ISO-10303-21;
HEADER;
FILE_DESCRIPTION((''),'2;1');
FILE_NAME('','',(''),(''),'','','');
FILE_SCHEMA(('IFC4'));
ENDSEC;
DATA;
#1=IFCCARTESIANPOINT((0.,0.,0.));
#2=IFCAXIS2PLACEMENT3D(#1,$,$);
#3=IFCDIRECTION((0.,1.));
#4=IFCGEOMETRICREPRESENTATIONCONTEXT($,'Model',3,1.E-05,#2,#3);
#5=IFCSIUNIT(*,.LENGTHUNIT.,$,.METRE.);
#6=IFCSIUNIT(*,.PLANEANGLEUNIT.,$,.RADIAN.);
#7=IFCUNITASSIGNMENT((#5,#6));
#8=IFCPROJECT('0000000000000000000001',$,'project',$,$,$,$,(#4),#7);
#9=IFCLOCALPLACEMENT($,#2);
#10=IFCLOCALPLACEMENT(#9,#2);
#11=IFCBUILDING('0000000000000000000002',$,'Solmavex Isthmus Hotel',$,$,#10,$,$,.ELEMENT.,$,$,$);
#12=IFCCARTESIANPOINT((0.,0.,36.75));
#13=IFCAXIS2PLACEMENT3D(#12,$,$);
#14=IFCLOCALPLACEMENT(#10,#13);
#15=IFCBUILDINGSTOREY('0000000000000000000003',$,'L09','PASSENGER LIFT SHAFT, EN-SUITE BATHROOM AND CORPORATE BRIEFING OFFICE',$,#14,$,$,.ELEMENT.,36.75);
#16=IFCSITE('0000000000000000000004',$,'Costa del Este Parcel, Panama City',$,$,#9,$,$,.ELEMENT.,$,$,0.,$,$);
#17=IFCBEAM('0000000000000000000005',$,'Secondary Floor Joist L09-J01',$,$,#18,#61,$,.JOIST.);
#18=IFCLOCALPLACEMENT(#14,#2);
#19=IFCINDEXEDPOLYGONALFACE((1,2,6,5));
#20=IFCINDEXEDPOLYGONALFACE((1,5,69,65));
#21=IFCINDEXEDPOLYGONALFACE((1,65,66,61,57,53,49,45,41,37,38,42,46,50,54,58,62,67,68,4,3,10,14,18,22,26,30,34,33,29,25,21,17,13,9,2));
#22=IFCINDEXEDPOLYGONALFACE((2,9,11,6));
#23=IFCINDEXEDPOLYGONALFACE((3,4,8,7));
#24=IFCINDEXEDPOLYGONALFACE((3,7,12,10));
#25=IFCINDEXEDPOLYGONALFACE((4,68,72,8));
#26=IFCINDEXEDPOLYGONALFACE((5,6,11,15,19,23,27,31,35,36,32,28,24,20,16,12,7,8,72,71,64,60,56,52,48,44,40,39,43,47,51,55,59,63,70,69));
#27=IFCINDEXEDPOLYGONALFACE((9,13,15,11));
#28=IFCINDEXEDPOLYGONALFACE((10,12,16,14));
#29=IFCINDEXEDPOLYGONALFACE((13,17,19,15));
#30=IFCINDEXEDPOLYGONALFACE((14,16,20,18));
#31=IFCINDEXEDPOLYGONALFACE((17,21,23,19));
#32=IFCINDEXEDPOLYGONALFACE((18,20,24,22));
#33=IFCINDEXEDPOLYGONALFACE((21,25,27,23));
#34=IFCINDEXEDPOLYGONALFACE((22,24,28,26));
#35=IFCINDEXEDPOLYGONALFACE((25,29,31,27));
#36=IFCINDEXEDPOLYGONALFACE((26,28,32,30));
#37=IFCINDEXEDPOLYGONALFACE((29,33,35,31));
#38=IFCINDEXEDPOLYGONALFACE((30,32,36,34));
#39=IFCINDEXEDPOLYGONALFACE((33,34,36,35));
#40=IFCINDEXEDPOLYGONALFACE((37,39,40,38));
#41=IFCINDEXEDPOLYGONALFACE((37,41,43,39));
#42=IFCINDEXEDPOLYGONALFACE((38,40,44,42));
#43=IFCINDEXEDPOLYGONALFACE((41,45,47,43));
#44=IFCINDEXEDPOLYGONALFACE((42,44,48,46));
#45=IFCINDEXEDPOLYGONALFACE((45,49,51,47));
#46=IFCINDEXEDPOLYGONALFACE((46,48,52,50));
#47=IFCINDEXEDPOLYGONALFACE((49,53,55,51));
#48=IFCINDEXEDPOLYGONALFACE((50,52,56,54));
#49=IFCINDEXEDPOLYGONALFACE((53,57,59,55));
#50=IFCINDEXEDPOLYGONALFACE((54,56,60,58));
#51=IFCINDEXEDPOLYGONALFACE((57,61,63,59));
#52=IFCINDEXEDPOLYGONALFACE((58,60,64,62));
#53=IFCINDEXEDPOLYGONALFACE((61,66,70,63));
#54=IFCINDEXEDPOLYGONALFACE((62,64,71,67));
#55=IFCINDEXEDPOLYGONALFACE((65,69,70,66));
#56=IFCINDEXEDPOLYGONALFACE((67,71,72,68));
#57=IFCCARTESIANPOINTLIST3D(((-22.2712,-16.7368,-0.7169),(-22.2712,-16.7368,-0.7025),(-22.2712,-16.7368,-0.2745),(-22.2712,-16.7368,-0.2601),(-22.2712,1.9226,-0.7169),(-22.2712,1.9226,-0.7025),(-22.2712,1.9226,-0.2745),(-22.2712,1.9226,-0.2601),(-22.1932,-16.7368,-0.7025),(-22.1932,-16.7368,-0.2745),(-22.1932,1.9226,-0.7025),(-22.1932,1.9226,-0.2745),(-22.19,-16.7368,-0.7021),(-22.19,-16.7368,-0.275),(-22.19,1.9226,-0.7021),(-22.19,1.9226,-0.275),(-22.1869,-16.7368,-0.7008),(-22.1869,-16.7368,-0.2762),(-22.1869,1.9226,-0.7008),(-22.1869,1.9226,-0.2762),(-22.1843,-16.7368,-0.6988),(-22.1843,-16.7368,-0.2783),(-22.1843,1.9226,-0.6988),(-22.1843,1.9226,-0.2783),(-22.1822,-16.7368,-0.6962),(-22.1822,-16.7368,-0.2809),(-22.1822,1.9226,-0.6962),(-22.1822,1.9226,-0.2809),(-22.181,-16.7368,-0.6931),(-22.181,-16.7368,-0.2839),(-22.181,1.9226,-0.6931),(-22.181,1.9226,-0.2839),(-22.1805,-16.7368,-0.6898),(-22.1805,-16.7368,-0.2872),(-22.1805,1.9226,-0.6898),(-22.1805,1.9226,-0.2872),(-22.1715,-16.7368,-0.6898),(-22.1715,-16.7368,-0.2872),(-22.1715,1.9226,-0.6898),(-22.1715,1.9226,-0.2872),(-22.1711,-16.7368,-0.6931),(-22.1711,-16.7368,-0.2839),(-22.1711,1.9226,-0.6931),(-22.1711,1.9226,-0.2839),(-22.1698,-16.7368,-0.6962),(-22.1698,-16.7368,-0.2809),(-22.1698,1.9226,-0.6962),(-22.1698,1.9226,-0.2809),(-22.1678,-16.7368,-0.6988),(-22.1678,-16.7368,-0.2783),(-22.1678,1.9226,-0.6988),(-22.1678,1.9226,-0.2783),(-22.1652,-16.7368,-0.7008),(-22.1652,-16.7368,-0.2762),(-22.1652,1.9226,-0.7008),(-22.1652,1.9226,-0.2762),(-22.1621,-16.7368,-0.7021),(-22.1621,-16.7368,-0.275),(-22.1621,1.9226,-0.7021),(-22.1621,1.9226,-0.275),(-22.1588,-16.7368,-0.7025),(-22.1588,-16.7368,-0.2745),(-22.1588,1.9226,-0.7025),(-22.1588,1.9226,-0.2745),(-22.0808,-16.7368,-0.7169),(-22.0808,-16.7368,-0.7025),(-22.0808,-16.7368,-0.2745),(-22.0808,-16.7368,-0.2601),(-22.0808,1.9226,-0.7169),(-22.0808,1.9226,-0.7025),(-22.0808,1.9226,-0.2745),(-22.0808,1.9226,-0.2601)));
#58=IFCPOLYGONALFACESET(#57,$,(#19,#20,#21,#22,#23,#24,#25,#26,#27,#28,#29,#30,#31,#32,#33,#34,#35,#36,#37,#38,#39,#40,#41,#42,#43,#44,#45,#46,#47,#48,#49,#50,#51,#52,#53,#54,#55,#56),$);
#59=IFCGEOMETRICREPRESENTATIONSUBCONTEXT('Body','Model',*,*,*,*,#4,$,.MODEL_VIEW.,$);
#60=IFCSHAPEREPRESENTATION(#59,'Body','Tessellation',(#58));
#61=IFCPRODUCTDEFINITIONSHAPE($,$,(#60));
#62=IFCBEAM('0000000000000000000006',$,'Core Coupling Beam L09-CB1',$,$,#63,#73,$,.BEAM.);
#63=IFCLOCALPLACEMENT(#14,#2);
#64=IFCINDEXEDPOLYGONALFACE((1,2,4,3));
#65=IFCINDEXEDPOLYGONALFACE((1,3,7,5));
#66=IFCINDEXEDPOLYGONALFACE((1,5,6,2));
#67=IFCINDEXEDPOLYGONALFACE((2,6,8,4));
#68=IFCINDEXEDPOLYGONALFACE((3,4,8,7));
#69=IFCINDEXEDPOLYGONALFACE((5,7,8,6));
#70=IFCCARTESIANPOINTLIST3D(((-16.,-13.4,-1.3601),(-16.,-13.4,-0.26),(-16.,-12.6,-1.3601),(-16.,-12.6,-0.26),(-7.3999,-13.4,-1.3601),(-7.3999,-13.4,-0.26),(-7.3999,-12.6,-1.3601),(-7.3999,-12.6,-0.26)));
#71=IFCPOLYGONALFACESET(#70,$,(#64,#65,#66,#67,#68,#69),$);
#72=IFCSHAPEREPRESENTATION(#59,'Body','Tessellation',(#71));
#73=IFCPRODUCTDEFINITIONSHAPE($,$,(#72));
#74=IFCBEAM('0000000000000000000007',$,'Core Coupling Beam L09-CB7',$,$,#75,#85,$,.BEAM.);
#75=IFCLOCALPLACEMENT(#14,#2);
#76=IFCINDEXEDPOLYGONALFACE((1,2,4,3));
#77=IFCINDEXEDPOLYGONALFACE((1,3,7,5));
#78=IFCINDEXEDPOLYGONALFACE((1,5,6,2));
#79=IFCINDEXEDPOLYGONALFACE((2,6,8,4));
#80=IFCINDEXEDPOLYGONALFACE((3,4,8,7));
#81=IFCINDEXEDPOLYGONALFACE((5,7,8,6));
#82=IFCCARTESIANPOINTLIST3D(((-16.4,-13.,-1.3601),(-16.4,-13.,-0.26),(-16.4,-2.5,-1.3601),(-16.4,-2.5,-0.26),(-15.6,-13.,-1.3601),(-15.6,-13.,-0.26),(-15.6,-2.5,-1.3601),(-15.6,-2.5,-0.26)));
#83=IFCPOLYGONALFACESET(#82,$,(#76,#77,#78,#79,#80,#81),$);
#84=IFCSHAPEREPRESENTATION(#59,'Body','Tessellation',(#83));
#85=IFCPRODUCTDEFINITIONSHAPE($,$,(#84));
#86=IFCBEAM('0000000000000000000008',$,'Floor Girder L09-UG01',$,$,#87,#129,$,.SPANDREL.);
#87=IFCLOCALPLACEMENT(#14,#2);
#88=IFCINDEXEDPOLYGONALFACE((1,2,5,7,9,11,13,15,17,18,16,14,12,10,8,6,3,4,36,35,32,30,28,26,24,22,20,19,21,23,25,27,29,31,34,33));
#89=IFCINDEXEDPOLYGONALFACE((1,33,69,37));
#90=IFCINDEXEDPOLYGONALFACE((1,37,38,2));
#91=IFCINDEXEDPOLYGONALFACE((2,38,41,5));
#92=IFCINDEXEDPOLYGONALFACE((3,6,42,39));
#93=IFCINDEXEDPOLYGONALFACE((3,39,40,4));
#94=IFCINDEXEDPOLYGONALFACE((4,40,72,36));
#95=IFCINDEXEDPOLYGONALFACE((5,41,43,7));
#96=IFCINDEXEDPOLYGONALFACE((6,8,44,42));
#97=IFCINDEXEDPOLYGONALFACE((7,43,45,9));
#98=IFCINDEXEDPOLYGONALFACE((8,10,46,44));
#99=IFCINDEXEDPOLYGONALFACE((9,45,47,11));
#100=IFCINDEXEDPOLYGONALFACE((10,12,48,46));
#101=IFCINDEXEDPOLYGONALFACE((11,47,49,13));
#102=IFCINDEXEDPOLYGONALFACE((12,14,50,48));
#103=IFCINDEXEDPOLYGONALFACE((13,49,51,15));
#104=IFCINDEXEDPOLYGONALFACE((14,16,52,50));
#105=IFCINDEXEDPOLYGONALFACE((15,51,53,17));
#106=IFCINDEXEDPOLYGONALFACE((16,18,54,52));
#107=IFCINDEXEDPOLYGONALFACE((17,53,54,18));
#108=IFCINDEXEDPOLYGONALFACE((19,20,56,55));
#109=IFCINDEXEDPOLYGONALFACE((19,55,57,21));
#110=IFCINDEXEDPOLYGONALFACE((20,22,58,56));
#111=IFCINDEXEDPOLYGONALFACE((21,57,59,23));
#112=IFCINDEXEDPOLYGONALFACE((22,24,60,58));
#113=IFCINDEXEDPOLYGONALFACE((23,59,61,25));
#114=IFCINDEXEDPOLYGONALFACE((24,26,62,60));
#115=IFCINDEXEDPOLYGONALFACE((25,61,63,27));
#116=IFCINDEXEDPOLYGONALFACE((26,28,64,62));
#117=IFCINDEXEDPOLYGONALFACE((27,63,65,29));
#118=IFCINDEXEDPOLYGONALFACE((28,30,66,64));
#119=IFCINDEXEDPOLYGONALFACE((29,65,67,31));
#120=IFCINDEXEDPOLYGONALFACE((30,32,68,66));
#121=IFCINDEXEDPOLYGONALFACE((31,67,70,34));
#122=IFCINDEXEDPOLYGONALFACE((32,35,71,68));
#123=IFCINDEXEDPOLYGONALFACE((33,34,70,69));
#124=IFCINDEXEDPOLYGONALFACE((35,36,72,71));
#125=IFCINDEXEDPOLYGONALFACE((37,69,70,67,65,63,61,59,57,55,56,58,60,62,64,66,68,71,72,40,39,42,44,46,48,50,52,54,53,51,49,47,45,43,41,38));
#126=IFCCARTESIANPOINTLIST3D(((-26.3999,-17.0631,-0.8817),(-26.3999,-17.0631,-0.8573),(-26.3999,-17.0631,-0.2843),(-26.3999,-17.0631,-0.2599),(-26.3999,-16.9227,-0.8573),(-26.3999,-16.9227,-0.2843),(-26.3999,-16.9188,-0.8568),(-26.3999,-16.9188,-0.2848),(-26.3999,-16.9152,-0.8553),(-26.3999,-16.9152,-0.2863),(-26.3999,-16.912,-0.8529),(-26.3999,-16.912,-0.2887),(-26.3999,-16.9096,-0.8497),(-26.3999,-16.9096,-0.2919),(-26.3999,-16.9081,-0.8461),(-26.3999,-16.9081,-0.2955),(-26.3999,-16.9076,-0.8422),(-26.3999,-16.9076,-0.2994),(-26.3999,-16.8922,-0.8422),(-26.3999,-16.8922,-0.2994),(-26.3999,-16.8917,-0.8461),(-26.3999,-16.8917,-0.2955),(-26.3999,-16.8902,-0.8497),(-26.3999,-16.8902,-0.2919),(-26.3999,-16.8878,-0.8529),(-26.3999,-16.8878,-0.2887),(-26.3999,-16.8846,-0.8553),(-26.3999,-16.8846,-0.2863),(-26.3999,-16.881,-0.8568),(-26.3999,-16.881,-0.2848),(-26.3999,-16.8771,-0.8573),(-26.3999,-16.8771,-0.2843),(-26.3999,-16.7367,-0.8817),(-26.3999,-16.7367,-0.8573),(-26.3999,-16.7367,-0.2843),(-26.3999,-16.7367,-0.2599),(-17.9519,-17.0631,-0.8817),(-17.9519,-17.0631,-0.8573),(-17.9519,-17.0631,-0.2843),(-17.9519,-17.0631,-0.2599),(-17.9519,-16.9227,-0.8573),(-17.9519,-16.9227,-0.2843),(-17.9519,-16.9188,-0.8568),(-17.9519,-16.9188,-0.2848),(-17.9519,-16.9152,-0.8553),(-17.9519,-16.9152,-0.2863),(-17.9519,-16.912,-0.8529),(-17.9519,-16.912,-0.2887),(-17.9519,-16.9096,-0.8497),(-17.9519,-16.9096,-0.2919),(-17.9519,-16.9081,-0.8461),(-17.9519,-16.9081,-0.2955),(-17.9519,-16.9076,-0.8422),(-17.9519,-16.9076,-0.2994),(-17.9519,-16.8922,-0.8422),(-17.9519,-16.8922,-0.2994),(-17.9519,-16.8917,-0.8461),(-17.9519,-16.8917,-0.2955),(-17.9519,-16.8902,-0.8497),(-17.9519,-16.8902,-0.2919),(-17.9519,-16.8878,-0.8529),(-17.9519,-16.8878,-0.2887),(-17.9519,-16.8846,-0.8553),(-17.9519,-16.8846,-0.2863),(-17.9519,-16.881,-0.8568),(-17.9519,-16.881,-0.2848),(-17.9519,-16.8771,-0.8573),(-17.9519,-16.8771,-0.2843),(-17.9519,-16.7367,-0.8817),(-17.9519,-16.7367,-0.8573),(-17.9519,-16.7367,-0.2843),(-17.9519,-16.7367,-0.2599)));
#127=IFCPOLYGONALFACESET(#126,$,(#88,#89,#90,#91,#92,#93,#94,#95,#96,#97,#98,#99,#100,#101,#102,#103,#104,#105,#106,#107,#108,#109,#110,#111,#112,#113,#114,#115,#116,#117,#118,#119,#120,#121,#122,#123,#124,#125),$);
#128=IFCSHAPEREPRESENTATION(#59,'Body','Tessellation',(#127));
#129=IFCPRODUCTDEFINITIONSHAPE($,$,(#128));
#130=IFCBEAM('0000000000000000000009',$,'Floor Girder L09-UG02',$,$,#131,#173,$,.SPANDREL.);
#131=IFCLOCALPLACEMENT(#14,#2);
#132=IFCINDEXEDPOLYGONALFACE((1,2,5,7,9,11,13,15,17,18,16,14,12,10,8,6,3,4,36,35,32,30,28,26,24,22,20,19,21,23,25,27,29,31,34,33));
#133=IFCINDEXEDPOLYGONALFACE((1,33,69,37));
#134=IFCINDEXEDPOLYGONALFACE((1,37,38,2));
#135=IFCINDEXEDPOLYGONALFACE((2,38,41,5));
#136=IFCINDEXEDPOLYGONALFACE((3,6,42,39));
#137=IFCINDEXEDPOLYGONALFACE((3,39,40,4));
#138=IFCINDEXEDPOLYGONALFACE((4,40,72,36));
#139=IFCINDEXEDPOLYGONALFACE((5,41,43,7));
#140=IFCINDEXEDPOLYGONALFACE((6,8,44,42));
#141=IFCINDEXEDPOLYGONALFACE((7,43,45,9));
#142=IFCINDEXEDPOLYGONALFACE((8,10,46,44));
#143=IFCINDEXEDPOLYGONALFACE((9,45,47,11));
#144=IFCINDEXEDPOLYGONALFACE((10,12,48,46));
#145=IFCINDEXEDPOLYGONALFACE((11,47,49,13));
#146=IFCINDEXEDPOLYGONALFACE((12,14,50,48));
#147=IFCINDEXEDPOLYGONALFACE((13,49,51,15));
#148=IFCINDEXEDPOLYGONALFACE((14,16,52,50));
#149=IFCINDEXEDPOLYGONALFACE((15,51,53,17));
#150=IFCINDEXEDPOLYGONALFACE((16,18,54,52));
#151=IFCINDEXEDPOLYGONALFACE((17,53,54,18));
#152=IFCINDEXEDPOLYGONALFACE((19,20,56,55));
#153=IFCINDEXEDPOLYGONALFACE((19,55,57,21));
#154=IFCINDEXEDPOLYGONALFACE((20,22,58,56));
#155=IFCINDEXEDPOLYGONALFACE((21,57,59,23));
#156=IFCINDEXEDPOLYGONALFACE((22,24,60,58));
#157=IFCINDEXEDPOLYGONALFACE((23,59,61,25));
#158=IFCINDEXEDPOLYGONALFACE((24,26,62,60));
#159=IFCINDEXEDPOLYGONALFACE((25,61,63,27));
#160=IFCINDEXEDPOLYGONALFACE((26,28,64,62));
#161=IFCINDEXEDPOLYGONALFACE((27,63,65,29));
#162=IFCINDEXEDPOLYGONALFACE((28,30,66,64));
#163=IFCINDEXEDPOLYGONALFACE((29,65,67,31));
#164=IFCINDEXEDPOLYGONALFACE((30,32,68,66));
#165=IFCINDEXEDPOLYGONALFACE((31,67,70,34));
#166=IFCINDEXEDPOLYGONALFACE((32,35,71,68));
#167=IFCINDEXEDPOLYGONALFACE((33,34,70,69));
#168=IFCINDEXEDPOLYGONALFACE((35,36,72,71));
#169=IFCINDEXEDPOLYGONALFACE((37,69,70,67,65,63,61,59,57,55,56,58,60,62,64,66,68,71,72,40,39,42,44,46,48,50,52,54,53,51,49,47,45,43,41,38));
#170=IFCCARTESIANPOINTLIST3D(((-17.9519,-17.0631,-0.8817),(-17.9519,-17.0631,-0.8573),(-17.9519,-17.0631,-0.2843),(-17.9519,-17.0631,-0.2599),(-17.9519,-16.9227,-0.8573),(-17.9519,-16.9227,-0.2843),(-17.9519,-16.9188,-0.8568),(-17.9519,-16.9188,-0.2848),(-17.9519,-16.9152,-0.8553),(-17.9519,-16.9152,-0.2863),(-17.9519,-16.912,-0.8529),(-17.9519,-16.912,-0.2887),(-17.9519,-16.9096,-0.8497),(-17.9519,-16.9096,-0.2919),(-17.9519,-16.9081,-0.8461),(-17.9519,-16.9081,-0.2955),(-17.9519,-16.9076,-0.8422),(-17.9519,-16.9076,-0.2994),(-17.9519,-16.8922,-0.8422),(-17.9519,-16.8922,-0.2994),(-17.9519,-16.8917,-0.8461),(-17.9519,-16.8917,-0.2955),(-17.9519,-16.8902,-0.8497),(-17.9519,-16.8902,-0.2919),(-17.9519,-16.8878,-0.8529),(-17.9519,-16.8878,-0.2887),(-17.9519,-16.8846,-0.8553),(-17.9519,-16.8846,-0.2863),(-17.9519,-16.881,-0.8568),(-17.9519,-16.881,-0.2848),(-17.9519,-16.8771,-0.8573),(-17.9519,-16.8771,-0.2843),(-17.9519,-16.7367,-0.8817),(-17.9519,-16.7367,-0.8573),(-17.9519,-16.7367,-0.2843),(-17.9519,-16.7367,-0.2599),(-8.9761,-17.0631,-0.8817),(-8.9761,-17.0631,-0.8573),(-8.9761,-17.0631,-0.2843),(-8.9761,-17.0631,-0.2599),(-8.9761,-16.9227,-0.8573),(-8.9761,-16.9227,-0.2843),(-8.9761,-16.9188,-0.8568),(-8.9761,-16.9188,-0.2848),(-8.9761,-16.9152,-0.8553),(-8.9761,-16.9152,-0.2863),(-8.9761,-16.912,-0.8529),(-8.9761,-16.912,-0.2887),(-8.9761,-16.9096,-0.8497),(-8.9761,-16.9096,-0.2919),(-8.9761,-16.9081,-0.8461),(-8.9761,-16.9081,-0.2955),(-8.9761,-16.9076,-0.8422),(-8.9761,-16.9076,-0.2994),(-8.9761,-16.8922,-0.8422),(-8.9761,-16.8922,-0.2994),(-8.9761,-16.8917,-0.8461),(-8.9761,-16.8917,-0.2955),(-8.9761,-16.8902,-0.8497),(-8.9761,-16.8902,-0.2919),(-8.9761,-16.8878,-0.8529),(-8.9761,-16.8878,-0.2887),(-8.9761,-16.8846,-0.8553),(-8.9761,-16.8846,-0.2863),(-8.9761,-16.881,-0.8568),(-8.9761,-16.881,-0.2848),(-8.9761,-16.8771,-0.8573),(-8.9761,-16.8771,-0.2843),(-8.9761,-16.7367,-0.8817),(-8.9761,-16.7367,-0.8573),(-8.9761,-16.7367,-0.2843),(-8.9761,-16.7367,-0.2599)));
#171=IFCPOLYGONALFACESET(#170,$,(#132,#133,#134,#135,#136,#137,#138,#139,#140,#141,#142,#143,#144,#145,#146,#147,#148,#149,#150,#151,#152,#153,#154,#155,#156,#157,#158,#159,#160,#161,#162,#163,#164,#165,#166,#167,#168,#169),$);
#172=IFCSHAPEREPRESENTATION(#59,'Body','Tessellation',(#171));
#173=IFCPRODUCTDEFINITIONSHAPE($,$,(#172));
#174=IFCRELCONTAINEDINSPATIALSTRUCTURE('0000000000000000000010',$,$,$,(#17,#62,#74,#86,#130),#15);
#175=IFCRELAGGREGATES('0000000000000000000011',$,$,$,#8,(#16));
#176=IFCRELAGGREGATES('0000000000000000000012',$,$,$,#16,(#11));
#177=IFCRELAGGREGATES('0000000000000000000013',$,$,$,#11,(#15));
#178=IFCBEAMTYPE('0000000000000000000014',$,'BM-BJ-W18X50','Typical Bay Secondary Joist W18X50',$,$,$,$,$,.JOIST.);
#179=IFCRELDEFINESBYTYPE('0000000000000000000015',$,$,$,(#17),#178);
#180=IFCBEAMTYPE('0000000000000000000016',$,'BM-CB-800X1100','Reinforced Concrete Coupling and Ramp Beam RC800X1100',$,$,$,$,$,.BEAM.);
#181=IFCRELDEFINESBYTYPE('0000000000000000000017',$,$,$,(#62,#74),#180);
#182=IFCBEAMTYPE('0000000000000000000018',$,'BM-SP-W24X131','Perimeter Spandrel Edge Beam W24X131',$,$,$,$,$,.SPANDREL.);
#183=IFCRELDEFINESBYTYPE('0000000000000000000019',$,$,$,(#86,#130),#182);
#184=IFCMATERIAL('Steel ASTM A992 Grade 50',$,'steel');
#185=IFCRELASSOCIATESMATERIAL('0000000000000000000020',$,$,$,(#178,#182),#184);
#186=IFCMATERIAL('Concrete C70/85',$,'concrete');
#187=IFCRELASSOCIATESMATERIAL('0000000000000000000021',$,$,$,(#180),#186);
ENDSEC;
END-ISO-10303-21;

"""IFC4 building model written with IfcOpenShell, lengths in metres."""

from ifc_helpers import new_model, si_unit, direction, frame, origin, origin_2d, place, context, subcontext, project, spatial, rectangle, i_section, extrude, material, material_profile, profile_set, type_object, element, save


model = new_model("IFC4")

# Units and contexts
model_context = context("Model", 3, precision=1e-05, world=origin(), true_north=direction((0.0, 1.0)))
body_context = subcontext(model_context, "Body", "Model", "MODEL_VIEW")
ifc_project = project(units=[si_unit("LENGTHUNIT", "METRE"), si_unit("PLANEANGLEUNIT", "RADIAN")], contexts=[model_context])

# Site, building, storey
site_placement = place(None, origin())
site = spatial("IfcSite", under=ifc_project, at=site_placement, Name="Costa del Este Parcel, Panama City", CompositionType="ELEMENT", RefElevation=0.0)
building_placement = place(site_placement, origin())
building = spatial("IfcBuilding", under=site, at=building_placement, Name="Solmavex Isthmus Hotel", CompositionType="ELEMENT")
storey_placement = place(building_placement, frame((0.0, 0.0, 36.75)))
storey = spatial("IfcBuildingStorey", under=building, at=storey_placement, Name="L09", Description="PASSENGER LIFT SHAFT, EN-SUITE BATHROOM AND CORPORATE BRIEFING OFFICE", CompositionType="ELEMENT", Elevation=36.75)

# Shared definitions
ifc_material_1 = material(Name="Concrete C70/85", Category="concrete")

# Beams
ifc_material_2 = material(Name="Steel ASTM A992 Grade 50", Category="steel")
ifc_material_profile_1 = material_profile(ifc_material_2, i_section(OverallWidth=0.1904, OverallDepth=0.4568, WebThickness=0.009, FlangeThickness=0.0144, FilletRadius=0.0127, at=origin_2d()), Name="W18X50")
ifc_profile_set_1 = profile_set([ifc_material_profile_1], Name="Steel ASTM A992 Grade 50")
beam_type_1 = type_object("IfcBeamType", Name="BM-BJ-W18X50", Description="Typical Bay Secondary Joist W18X50", PredefinedType="JOIST", material=ifc_profile_set_1)
beam_1_placement = place(storey_placement, frame((-22.176, -16.7368, -0.4885), z_axis=(0.0, 1.0, 0.0), x_axis=(-1.0, 0.0, 0.0)))
element("IfcBeam", 1, at=beam_1_placement, inside=storey, type_object=beam_type_1, Name="Secondary Floor Joist L09-J01", PredefinedType="JOIST", context=body_context, shape_type="SweptSolid", body=[
    extrude(i_section(OverallWidth=0.1904, OverallDepth=0.4568, WebThickness=0.009, FlangeThickness=0.0144, FilletRadius=0.0127, at=origin_2d()), origin(), (0.0, 0.0, 1.0), 18.6594),
])
ifc_material_profile_2 = material_profile(ifc_material_1, rectangle(XDim=0.8, YDim=1.1001, at=origin_2d()), Name="RC800X1100")
ifc_profile_set_2 = profile_set([ifc_material_profile_2], Name="Concrete C70/85")
beam_type_2 = type_object("IfcBeamType", Name="BM-CB-800X1100", Description="Reinforced Concrete Coupling and Ramp Beam RC800X1100", PredefinedType="BEAM", material=ifc_profile_set_2)
beam_2_placement = place(storey_placement, frame((-16.0, -13.0, -0.8101), z_axis=(1.0, 0.0, 0.0), x_axis=(0.0, 1.0, 0.0)))
element("IfcBeam", 2, at=beam_2_placement, inside=storey, type_object=beam_type_2, Name="Core Coupling Beam L09-CB1", PredefinedType="BEAM", context=body_context, shape_type="SweptSolid", body=[
    extrude(rectangle(XDim=0.8, YDim=1.1001, at=origin_2d()), origin(), (0.0, 0.0, 1.0), 8.6001),
])
beam_3_placement = place(storey_placement, frame((-16.0, -13.0, -0.8101), z_axis=(0.0, 1.0, 0.0), x_axis=(-1.0, 0.0, 0.0)))
element("IfcBeam", 3, at=beam_3_placement, inside=storey, type_object=beam_type_2, Name="Core Coupling Beam L09-CB7", PredefinedType="BEAM", context=body_context, shape_type="SweptSolid", body=[
    extrude(rectangle(XDim=0.8, YDim=1.1001, at=origin_2d()), origin(), (0.0, 0.0, 1.0), 10.5),
])
ifc_material_profile_3 = material_profile(ifc_material_2, i_section(OverallWidth=0.3264, OverallDepth=0.6218, WebThickness=0.0154, FlangeThickness=0.0244, FilletRadius=0.0151, at=origin_2d()), Name="W24X131")
ifc_profile_set_3 = profile_set([ifc_material_profile_3], Name="Steel ASTM A992 Grade 50")
beam_type_3 = type_object("IfcBeamType", Name="BM-SP-W24X131", Description="Perimeter Spandrel Edge Beam W24X131", PredefinedType="SPANDREL", material=ifc_profile_set_3)
beam_4_placement = place(storey_placement, frame((-26.3999, -16.8999, -0.5708), z_axis=(1.0, 0.0, 0.0), x_axis=(0.0, 1.0, 0.0)))
element("IfcBeam", 4, at=beam_4_placement, inside=storey, type_object=beam_type_3, Name="Floor Girder L09-UG01", PredefinedType="SPANDREL", context=body_context, shape_type="SweptSolid", body=[
    extrude(i_section(OverallWidth=0.3264, OverallDepth=0.6218, WebThickness=0.0154, FlangeThickness=0.0244, FilletRadius=0.0151, at=origin_2d()), origin(), (0.0, 0.0, 1.0), 8.448),
])
beam_5_placement = place(storey_placement, frame((-17.9519, -16.8999, -0.5708), z_axis=(1.0, 0.0, 0.0), x_axis=(0.0, 1.0, 0.0)))
element("IfcBeam", 5, at=beam_5_placement, inside=storey, type_object=beam_type_3, Name="Floor Girder L09-UG02", PredefinedType="SPANDREL", context=body_context, shape_type="SweptSolid", body=[
    extrude(i_section(OverallWidth=0.3264, OverallDepth=0.6218, WebThickness=0.0154, FlangeThickness=0.0244, FilletRadius=0.0151, at=origin_2d()), origin(), (0.0, 0.0, 1.0), 8.9758),
])

save(model, "model.ifc")
